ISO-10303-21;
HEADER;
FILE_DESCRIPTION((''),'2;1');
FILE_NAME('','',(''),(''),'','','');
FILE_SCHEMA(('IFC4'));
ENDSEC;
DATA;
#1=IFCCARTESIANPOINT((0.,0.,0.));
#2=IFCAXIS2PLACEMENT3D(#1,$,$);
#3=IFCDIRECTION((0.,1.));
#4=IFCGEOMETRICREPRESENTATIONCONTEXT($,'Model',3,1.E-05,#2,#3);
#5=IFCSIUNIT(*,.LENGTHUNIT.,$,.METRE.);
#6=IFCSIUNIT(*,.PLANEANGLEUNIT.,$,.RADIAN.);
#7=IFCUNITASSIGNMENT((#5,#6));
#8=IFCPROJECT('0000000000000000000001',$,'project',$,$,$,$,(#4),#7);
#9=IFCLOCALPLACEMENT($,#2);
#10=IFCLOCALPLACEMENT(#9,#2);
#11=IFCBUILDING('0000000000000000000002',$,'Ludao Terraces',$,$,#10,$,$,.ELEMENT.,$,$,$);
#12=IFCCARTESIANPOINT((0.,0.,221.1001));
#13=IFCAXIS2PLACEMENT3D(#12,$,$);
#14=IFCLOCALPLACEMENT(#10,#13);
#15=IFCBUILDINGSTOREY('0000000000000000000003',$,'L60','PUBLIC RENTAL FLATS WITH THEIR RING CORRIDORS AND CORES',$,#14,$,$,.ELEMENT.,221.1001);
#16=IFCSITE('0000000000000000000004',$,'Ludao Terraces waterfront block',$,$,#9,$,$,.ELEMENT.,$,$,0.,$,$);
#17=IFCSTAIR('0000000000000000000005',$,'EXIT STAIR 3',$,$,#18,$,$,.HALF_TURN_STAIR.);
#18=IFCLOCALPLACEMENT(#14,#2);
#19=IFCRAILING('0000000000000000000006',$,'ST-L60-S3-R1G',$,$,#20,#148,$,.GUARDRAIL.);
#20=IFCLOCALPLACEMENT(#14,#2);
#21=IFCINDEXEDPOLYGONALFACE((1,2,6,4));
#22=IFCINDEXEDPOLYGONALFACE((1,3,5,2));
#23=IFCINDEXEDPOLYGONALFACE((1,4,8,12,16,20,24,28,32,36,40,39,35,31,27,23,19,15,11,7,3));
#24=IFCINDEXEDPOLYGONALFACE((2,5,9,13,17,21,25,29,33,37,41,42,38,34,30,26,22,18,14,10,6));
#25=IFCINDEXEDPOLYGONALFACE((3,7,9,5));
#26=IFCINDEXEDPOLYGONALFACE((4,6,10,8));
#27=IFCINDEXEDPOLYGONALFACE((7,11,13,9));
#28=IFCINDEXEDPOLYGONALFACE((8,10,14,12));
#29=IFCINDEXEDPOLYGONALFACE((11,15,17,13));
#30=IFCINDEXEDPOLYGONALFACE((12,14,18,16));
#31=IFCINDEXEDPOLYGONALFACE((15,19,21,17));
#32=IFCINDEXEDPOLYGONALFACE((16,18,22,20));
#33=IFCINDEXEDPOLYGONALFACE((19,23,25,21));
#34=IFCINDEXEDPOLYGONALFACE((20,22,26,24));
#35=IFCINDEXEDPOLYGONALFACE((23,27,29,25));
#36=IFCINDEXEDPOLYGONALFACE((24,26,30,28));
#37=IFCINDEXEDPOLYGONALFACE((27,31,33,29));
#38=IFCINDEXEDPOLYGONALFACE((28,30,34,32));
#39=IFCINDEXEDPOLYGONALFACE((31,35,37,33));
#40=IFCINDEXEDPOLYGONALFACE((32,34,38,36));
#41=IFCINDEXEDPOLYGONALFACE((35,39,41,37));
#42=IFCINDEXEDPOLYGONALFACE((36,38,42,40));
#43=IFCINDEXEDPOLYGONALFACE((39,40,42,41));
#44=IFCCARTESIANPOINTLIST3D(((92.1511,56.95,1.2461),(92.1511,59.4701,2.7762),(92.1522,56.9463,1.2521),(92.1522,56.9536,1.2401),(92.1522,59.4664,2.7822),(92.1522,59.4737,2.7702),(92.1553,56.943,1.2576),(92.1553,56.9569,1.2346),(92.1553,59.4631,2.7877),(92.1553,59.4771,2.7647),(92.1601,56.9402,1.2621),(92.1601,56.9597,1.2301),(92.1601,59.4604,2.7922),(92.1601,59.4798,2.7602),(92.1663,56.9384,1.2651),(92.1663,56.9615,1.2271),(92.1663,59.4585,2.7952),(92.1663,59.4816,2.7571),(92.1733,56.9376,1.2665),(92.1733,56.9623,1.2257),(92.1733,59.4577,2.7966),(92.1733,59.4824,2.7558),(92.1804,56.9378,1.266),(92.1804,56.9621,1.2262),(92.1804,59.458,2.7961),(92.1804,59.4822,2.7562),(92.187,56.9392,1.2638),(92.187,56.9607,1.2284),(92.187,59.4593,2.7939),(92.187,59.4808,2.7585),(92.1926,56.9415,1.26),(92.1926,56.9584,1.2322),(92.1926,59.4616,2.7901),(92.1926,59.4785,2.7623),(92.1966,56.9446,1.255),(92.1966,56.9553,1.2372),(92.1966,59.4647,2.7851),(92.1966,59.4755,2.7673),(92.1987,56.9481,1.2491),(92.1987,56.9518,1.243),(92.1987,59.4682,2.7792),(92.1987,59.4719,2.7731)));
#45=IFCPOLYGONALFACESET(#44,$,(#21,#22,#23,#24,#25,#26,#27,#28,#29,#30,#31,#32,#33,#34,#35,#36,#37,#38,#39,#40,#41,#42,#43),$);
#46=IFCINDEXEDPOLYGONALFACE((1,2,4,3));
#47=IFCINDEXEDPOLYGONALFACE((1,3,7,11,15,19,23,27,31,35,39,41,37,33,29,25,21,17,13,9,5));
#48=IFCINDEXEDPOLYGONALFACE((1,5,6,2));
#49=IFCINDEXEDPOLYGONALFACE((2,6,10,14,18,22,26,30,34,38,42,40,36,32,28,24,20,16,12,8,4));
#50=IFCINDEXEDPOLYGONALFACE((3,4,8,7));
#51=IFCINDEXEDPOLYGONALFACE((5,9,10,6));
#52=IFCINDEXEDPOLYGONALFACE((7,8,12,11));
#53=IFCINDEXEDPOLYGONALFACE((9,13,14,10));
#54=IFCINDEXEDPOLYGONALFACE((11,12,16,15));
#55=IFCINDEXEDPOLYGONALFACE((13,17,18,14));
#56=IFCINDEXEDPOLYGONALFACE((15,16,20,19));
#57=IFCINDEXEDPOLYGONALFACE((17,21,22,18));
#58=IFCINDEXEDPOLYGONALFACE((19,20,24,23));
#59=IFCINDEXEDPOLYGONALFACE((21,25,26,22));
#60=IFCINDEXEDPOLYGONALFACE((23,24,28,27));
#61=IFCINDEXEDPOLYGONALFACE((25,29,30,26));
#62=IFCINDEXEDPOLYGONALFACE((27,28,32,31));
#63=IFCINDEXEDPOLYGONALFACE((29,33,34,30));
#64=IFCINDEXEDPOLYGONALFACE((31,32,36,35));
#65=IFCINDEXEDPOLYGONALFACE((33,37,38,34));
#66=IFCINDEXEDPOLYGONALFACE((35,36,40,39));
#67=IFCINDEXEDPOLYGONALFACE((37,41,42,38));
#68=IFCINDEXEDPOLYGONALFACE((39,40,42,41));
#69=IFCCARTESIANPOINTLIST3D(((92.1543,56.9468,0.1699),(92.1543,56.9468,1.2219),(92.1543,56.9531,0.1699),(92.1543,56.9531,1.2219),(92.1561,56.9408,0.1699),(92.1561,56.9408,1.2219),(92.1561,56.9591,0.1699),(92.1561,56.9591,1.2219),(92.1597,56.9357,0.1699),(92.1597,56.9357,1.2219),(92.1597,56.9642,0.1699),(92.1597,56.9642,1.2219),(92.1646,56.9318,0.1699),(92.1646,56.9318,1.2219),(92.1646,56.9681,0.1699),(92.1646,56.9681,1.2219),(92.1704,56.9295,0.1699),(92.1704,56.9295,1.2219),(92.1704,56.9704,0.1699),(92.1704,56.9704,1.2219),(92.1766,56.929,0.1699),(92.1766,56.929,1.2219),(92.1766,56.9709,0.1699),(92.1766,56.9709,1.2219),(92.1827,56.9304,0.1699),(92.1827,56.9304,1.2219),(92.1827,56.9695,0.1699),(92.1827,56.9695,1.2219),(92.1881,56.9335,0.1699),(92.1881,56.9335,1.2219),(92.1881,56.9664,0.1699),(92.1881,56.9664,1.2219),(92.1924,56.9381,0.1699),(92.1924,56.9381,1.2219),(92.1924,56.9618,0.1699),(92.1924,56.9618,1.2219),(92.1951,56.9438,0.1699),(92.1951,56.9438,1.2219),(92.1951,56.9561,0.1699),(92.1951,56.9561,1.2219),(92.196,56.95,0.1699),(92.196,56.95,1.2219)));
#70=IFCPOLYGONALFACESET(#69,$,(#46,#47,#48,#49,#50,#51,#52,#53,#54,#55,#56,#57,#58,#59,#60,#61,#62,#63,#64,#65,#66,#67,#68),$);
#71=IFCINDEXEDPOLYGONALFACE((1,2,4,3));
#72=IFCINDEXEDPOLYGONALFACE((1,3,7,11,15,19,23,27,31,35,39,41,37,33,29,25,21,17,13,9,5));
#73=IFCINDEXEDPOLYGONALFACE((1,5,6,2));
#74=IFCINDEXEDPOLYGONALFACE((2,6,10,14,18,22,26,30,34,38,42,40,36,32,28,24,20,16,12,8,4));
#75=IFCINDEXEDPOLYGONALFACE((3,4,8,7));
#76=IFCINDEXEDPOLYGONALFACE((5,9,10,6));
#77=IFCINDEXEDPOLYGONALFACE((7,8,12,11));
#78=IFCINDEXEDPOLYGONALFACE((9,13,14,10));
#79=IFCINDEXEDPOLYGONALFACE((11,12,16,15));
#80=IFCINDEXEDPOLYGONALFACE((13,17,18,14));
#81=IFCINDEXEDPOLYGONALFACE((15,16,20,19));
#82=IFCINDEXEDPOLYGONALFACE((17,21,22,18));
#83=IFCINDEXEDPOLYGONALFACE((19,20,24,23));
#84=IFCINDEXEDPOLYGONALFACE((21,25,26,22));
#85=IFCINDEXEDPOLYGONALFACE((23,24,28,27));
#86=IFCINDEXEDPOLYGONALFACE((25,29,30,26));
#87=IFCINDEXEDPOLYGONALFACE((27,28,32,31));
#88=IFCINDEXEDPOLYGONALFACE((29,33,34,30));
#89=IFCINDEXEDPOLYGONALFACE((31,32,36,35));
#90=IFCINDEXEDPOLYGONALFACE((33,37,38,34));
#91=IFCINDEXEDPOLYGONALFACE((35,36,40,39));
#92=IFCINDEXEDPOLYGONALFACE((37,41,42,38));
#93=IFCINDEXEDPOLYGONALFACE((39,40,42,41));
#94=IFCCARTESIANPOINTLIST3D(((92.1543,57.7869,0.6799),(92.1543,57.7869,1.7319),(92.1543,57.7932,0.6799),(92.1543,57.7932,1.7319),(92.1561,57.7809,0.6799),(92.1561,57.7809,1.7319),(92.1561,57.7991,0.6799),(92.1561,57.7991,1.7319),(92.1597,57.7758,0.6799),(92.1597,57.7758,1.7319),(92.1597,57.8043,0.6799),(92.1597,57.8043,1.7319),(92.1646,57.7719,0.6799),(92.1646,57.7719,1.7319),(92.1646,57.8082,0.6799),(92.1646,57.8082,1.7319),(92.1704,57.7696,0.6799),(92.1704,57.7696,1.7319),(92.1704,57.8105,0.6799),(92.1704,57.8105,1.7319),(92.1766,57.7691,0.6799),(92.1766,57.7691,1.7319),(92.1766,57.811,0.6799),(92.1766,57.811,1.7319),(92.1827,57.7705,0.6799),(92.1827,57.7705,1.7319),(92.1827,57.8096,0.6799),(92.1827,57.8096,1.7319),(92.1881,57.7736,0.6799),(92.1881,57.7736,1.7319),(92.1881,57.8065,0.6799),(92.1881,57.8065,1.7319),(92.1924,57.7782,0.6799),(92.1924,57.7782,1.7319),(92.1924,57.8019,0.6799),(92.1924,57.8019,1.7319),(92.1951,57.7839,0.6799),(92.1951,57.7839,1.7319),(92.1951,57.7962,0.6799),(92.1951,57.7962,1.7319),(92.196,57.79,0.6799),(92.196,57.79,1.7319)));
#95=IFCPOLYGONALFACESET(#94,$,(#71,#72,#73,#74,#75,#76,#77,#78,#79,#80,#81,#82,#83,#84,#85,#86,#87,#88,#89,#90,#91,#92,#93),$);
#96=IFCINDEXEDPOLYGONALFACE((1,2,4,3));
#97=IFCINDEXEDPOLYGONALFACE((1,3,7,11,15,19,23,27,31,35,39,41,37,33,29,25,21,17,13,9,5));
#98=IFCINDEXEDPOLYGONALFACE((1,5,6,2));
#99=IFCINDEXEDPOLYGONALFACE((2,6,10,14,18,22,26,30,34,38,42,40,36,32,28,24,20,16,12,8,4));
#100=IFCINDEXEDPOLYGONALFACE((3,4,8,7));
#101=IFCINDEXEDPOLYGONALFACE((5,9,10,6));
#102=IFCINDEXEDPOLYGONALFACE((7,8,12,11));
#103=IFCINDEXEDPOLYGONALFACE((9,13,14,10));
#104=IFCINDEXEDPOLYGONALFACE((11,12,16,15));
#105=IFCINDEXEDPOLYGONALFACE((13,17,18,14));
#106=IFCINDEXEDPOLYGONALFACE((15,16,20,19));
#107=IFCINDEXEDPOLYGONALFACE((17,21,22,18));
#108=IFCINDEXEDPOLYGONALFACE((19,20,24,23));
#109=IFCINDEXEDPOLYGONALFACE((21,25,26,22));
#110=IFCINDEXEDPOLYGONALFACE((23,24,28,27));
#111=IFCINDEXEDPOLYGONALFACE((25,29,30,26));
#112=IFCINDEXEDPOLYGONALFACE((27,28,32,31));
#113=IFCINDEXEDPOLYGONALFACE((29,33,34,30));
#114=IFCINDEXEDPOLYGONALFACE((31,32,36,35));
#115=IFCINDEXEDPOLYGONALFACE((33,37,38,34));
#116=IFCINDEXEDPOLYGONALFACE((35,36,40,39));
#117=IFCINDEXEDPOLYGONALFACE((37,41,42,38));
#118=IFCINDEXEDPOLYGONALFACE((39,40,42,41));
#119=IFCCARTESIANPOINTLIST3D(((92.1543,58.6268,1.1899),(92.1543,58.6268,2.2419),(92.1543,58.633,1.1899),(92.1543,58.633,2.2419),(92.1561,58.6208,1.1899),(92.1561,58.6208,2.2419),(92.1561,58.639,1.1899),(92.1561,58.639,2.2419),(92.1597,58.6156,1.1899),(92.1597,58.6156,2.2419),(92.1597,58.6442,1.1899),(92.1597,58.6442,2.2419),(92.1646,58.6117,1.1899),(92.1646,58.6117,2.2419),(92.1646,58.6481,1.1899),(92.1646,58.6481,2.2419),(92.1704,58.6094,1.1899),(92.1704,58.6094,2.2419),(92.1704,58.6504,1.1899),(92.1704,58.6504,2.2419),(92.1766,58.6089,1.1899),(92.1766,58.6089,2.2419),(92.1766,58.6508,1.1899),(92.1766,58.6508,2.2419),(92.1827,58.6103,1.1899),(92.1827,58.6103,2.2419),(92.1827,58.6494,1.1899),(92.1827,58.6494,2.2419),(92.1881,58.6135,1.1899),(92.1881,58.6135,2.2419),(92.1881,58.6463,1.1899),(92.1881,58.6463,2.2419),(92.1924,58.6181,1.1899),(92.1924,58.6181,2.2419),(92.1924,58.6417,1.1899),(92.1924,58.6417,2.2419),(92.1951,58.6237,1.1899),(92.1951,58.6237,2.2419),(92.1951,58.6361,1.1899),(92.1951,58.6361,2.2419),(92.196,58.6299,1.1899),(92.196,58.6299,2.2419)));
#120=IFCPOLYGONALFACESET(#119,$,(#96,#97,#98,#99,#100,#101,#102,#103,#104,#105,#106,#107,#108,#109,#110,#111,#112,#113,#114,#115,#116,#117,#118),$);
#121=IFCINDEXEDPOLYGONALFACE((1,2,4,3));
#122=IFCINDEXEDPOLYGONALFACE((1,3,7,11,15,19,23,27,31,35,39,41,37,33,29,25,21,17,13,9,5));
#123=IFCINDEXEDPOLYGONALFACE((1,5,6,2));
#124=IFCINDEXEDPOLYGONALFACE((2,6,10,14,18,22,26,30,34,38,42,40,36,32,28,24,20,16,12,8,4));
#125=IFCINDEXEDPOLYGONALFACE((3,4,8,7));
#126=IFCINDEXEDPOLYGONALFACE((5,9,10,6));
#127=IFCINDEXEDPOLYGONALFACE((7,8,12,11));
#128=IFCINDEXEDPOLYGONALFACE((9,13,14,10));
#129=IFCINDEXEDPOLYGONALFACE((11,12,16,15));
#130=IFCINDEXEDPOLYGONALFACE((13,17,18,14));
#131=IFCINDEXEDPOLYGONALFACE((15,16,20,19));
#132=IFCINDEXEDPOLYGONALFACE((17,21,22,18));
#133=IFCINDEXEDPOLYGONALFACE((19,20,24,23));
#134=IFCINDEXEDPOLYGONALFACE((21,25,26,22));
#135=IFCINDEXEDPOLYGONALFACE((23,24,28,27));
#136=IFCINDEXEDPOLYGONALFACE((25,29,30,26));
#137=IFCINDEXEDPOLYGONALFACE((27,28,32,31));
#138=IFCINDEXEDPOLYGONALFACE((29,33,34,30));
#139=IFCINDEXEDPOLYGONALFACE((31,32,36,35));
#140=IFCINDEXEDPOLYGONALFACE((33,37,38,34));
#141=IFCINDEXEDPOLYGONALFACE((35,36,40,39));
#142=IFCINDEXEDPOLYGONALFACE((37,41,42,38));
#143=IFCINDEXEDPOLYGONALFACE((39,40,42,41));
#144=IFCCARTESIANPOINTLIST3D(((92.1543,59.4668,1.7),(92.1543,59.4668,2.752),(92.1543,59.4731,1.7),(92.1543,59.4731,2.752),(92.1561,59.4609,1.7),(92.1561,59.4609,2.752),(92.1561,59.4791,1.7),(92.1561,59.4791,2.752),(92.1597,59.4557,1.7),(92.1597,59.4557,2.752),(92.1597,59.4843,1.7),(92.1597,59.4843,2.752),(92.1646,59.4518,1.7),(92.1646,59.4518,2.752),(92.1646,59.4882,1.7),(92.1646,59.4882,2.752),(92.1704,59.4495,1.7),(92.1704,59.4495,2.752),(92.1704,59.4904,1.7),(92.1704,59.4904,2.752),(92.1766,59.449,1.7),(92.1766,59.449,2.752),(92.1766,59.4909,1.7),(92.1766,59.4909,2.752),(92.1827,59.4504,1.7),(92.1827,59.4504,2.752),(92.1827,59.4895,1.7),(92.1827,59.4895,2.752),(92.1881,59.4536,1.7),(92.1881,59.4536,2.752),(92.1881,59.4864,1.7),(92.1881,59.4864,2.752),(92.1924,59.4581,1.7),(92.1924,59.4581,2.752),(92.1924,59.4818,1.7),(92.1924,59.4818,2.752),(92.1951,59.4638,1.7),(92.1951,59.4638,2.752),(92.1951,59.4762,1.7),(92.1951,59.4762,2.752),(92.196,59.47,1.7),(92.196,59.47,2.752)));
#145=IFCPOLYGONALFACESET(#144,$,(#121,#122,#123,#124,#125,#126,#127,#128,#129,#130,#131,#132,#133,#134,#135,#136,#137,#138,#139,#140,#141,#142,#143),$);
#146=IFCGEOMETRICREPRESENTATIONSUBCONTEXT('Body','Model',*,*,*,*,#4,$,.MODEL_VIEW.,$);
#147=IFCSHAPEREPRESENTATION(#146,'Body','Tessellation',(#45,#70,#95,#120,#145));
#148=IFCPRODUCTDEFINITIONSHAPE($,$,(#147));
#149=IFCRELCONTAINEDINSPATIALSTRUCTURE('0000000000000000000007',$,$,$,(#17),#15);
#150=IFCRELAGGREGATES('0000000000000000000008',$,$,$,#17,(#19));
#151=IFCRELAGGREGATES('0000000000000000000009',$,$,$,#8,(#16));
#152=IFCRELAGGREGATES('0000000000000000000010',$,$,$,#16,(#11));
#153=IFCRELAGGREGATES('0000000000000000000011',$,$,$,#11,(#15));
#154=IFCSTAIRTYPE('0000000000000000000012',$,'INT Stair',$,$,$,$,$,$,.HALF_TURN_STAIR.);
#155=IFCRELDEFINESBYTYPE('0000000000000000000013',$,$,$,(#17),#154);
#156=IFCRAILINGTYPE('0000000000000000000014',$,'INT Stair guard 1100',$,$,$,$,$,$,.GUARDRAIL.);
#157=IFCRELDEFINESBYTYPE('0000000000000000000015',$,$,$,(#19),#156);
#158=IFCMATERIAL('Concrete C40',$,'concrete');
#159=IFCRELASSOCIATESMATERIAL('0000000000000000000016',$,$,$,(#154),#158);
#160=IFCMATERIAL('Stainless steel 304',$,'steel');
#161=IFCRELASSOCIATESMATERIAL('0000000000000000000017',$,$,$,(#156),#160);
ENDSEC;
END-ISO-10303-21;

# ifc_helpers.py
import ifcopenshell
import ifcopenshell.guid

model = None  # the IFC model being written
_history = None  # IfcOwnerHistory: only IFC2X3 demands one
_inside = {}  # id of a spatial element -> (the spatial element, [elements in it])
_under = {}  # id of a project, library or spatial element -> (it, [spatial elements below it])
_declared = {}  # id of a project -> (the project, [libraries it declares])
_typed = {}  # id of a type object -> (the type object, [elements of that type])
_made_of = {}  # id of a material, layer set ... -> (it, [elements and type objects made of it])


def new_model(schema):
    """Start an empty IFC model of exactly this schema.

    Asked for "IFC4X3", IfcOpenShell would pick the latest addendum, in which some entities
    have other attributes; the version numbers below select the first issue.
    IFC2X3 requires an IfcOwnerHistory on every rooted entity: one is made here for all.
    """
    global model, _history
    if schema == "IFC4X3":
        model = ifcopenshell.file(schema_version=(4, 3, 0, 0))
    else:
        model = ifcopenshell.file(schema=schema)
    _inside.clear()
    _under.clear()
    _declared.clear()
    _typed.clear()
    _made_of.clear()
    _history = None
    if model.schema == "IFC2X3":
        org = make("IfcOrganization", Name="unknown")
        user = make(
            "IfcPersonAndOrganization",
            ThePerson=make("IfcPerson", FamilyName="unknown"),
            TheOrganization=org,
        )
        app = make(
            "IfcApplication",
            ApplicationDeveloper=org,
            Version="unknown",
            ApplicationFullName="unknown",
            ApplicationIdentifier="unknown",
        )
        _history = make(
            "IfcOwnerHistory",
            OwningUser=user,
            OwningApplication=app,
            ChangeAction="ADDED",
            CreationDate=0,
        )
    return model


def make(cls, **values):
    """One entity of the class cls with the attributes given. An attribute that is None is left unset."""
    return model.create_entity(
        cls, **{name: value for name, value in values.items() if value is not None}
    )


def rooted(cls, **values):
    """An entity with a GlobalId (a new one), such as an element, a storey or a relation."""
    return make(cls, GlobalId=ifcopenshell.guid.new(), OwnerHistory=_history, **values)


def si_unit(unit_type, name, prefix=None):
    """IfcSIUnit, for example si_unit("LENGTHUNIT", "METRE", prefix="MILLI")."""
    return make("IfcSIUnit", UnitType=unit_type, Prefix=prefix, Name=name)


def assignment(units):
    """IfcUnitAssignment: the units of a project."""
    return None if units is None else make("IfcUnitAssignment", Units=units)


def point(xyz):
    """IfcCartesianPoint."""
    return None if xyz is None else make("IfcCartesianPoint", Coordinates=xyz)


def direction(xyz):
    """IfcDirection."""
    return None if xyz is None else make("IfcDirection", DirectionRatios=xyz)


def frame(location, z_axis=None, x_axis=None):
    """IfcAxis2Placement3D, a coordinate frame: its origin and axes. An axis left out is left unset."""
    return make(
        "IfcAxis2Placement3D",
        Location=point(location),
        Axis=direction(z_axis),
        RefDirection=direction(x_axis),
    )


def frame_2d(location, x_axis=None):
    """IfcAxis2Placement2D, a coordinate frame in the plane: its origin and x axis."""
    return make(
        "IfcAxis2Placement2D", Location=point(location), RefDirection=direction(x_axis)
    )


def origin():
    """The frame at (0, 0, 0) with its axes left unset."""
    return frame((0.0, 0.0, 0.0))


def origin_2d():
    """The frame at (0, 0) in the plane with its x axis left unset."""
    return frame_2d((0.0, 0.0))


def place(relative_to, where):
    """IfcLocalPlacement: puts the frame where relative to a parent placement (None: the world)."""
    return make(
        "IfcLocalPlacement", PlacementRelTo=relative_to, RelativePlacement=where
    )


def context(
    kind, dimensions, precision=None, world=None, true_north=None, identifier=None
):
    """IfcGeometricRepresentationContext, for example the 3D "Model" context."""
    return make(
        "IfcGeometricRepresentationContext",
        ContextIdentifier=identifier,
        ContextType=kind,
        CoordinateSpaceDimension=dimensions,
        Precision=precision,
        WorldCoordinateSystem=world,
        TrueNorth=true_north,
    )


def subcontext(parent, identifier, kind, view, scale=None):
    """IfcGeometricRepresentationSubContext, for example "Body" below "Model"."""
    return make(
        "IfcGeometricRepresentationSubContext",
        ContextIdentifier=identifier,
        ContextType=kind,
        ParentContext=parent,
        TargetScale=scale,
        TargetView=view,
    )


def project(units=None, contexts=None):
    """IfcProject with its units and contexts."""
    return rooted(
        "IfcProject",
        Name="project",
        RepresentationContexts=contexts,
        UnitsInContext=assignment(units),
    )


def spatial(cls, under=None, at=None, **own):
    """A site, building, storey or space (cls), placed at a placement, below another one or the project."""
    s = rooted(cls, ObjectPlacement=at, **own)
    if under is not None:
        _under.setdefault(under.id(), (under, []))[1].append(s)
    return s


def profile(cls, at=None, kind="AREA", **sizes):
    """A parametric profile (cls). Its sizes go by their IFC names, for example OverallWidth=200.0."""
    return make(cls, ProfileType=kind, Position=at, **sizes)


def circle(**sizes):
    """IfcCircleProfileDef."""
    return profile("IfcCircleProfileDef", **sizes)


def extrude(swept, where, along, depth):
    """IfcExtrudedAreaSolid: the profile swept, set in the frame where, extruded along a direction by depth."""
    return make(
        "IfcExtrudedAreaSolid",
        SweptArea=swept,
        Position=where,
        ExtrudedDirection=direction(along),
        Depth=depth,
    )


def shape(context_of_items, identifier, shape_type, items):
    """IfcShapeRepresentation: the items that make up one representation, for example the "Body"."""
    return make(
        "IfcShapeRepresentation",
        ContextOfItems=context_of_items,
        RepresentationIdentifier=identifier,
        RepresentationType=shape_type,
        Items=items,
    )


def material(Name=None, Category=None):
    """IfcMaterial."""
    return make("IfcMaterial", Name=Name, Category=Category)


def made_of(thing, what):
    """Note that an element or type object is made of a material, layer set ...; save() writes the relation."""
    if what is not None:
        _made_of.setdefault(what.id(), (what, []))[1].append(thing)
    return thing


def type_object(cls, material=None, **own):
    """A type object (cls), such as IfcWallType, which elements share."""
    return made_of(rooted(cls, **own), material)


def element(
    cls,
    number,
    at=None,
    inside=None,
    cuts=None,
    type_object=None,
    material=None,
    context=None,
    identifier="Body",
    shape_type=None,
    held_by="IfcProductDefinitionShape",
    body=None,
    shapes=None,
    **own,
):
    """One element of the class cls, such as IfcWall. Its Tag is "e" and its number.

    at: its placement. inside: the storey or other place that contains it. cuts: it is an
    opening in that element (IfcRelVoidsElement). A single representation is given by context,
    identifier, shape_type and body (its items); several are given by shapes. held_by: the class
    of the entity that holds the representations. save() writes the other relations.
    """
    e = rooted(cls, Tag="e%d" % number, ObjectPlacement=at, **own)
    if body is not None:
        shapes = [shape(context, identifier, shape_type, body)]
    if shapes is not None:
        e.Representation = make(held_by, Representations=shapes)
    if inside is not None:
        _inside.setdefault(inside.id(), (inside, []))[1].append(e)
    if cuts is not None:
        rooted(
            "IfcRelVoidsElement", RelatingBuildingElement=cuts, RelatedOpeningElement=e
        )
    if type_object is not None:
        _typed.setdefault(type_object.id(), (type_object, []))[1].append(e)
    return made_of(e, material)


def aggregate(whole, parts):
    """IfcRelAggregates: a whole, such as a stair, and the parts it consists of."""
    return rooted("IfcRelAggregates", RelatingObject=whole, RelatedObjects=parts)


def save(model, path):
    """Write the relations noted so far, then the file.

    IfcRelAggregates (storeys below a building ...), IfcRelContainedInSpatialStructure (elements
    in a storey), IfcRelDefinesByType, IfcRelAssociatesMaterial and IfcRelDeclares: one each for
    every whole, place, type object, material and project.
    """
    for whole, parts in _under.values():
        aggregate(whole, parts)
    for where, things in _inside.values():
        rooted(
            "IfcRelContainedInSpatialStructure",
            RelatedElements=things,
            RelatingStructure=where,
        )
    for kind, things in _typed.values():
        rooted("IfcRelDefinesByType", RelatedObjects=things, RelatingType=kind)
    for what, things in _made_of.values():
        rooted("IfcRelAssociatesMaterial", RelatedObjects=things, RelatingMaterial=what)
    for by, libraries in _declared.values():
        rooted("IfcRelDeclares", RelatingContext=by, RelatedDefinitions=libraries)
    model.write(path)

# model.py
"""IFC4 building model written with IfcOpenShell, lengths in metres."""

from ifc_helpers import new_model, si_unit, direction, frame, origin, origin_2d, place, context, subcontext, project, spatial, circle, extrude, material, type_object, element, aggregate, save


model = new_model("IFC4")

# Units and contexts
model_context = context("Model", 3, precision=1e-05, world=origin(), true_north=direction((0.0, 1.0)))
body_context = subcontext(model_context, "Body", "Model", "MODEL_VIEW")
ifc_project = project(units=[si_unit("LENGTHUNIT", "METRE"), si_unit("PLANEANGLEUNIT", "RADIAN")], contexts=[model_context])

# Site, building, storey
site_placement = place(None, origin())
site = spatial("IfcSite", under=ifc_project, at=site_placement, Name="Ludao Terraces waterfront block", CompositionType="ELEMENT", RefElevation=0.0)
building_placement = place(site_placement, origin())
building = spatial("IfcBuilding", under=site, at=building_placement, Name="Ludao Terraces", CompositionType="ELEMENT")
storey_placement = place(building_placement, frame((0.0, 0.0, 221.1001)))
storey = spatial("IfcBuildingStorey", under=building, at=storey_placement, Name="L60", Description="PUBLIC RENTAL FLATS WITH THEIR RING CORRIDORS AND CORES", CompositionType="ELEMENT", Elevation=221.1001)

# Shared definitions
ifc_material_1 = material(Name="Concrete C40", Category="concrete")

# Stair, railing
stair_type = type_object("IfcStairType", Name="INT Stair", PredefinedType="HALF_TURN_STAIR", material=ifc_material_1)
stair_placement = place(storey_placement, origin())
stair = element("IfcStair", 1, at=stair_placement, inside=storey, type_object=stair_type, Name="EXIT STAIR 3", PredefinedType="HALF_TURN_STAIR")
ifc_material_2 = material(Name="Stainless steel 304", Category="steel")
railing_type_1 = type_object("IfcRailingType", Name="INT Stair guard 1100", PredefinedType="GUARDRAIL", material=ifc_material_2)
railing_1_placement = place(storey_placement, frame((92.175, 56.95, 0.1699)))
railing_1 = element("IfcRailing", 2, at=railing_1_placement, type_object=railing_type_1, Name="ST-L60-S3-R1G", PredefinedType="GUARDRAIL", context=body_context, shape_type="SweptSolid", body=[
    extrude(circle(Radius=0.0239, at=origin_2d()), frame((0.0, 0.0, 1.0762), z_axis=(0.0, 0.854785, 0.518982), x_axis=(-1.0, 0.0, 0.0)), (0.0, 0.0, 1.0), 2.9482),
    extrude(circle(Radius=0.021, at=origin_2d()), origin(), (0.0, 0.0, 1.0), 1.052),
    extrude(circle(Radius=0.021, at=origin_2d()), frame((0.0, 0.8401, 0.51)), (0.0, 0.0, 1.0), 1.052),
    extrude(circle(Radius=0.021, at=origin_2d()), frame((0.0, 1.6799, 1.02)), (0.0, 0.0, 1.0), 1.052),
    extrude(circle(Radius=0.021, at=origin_2d()), frame((0.0, 2.52, 1.53)), (0.0, 0.0, 1.0), 1.052),
])
aggregate(stair, [railing_1])

save(model, "model.ifc")
